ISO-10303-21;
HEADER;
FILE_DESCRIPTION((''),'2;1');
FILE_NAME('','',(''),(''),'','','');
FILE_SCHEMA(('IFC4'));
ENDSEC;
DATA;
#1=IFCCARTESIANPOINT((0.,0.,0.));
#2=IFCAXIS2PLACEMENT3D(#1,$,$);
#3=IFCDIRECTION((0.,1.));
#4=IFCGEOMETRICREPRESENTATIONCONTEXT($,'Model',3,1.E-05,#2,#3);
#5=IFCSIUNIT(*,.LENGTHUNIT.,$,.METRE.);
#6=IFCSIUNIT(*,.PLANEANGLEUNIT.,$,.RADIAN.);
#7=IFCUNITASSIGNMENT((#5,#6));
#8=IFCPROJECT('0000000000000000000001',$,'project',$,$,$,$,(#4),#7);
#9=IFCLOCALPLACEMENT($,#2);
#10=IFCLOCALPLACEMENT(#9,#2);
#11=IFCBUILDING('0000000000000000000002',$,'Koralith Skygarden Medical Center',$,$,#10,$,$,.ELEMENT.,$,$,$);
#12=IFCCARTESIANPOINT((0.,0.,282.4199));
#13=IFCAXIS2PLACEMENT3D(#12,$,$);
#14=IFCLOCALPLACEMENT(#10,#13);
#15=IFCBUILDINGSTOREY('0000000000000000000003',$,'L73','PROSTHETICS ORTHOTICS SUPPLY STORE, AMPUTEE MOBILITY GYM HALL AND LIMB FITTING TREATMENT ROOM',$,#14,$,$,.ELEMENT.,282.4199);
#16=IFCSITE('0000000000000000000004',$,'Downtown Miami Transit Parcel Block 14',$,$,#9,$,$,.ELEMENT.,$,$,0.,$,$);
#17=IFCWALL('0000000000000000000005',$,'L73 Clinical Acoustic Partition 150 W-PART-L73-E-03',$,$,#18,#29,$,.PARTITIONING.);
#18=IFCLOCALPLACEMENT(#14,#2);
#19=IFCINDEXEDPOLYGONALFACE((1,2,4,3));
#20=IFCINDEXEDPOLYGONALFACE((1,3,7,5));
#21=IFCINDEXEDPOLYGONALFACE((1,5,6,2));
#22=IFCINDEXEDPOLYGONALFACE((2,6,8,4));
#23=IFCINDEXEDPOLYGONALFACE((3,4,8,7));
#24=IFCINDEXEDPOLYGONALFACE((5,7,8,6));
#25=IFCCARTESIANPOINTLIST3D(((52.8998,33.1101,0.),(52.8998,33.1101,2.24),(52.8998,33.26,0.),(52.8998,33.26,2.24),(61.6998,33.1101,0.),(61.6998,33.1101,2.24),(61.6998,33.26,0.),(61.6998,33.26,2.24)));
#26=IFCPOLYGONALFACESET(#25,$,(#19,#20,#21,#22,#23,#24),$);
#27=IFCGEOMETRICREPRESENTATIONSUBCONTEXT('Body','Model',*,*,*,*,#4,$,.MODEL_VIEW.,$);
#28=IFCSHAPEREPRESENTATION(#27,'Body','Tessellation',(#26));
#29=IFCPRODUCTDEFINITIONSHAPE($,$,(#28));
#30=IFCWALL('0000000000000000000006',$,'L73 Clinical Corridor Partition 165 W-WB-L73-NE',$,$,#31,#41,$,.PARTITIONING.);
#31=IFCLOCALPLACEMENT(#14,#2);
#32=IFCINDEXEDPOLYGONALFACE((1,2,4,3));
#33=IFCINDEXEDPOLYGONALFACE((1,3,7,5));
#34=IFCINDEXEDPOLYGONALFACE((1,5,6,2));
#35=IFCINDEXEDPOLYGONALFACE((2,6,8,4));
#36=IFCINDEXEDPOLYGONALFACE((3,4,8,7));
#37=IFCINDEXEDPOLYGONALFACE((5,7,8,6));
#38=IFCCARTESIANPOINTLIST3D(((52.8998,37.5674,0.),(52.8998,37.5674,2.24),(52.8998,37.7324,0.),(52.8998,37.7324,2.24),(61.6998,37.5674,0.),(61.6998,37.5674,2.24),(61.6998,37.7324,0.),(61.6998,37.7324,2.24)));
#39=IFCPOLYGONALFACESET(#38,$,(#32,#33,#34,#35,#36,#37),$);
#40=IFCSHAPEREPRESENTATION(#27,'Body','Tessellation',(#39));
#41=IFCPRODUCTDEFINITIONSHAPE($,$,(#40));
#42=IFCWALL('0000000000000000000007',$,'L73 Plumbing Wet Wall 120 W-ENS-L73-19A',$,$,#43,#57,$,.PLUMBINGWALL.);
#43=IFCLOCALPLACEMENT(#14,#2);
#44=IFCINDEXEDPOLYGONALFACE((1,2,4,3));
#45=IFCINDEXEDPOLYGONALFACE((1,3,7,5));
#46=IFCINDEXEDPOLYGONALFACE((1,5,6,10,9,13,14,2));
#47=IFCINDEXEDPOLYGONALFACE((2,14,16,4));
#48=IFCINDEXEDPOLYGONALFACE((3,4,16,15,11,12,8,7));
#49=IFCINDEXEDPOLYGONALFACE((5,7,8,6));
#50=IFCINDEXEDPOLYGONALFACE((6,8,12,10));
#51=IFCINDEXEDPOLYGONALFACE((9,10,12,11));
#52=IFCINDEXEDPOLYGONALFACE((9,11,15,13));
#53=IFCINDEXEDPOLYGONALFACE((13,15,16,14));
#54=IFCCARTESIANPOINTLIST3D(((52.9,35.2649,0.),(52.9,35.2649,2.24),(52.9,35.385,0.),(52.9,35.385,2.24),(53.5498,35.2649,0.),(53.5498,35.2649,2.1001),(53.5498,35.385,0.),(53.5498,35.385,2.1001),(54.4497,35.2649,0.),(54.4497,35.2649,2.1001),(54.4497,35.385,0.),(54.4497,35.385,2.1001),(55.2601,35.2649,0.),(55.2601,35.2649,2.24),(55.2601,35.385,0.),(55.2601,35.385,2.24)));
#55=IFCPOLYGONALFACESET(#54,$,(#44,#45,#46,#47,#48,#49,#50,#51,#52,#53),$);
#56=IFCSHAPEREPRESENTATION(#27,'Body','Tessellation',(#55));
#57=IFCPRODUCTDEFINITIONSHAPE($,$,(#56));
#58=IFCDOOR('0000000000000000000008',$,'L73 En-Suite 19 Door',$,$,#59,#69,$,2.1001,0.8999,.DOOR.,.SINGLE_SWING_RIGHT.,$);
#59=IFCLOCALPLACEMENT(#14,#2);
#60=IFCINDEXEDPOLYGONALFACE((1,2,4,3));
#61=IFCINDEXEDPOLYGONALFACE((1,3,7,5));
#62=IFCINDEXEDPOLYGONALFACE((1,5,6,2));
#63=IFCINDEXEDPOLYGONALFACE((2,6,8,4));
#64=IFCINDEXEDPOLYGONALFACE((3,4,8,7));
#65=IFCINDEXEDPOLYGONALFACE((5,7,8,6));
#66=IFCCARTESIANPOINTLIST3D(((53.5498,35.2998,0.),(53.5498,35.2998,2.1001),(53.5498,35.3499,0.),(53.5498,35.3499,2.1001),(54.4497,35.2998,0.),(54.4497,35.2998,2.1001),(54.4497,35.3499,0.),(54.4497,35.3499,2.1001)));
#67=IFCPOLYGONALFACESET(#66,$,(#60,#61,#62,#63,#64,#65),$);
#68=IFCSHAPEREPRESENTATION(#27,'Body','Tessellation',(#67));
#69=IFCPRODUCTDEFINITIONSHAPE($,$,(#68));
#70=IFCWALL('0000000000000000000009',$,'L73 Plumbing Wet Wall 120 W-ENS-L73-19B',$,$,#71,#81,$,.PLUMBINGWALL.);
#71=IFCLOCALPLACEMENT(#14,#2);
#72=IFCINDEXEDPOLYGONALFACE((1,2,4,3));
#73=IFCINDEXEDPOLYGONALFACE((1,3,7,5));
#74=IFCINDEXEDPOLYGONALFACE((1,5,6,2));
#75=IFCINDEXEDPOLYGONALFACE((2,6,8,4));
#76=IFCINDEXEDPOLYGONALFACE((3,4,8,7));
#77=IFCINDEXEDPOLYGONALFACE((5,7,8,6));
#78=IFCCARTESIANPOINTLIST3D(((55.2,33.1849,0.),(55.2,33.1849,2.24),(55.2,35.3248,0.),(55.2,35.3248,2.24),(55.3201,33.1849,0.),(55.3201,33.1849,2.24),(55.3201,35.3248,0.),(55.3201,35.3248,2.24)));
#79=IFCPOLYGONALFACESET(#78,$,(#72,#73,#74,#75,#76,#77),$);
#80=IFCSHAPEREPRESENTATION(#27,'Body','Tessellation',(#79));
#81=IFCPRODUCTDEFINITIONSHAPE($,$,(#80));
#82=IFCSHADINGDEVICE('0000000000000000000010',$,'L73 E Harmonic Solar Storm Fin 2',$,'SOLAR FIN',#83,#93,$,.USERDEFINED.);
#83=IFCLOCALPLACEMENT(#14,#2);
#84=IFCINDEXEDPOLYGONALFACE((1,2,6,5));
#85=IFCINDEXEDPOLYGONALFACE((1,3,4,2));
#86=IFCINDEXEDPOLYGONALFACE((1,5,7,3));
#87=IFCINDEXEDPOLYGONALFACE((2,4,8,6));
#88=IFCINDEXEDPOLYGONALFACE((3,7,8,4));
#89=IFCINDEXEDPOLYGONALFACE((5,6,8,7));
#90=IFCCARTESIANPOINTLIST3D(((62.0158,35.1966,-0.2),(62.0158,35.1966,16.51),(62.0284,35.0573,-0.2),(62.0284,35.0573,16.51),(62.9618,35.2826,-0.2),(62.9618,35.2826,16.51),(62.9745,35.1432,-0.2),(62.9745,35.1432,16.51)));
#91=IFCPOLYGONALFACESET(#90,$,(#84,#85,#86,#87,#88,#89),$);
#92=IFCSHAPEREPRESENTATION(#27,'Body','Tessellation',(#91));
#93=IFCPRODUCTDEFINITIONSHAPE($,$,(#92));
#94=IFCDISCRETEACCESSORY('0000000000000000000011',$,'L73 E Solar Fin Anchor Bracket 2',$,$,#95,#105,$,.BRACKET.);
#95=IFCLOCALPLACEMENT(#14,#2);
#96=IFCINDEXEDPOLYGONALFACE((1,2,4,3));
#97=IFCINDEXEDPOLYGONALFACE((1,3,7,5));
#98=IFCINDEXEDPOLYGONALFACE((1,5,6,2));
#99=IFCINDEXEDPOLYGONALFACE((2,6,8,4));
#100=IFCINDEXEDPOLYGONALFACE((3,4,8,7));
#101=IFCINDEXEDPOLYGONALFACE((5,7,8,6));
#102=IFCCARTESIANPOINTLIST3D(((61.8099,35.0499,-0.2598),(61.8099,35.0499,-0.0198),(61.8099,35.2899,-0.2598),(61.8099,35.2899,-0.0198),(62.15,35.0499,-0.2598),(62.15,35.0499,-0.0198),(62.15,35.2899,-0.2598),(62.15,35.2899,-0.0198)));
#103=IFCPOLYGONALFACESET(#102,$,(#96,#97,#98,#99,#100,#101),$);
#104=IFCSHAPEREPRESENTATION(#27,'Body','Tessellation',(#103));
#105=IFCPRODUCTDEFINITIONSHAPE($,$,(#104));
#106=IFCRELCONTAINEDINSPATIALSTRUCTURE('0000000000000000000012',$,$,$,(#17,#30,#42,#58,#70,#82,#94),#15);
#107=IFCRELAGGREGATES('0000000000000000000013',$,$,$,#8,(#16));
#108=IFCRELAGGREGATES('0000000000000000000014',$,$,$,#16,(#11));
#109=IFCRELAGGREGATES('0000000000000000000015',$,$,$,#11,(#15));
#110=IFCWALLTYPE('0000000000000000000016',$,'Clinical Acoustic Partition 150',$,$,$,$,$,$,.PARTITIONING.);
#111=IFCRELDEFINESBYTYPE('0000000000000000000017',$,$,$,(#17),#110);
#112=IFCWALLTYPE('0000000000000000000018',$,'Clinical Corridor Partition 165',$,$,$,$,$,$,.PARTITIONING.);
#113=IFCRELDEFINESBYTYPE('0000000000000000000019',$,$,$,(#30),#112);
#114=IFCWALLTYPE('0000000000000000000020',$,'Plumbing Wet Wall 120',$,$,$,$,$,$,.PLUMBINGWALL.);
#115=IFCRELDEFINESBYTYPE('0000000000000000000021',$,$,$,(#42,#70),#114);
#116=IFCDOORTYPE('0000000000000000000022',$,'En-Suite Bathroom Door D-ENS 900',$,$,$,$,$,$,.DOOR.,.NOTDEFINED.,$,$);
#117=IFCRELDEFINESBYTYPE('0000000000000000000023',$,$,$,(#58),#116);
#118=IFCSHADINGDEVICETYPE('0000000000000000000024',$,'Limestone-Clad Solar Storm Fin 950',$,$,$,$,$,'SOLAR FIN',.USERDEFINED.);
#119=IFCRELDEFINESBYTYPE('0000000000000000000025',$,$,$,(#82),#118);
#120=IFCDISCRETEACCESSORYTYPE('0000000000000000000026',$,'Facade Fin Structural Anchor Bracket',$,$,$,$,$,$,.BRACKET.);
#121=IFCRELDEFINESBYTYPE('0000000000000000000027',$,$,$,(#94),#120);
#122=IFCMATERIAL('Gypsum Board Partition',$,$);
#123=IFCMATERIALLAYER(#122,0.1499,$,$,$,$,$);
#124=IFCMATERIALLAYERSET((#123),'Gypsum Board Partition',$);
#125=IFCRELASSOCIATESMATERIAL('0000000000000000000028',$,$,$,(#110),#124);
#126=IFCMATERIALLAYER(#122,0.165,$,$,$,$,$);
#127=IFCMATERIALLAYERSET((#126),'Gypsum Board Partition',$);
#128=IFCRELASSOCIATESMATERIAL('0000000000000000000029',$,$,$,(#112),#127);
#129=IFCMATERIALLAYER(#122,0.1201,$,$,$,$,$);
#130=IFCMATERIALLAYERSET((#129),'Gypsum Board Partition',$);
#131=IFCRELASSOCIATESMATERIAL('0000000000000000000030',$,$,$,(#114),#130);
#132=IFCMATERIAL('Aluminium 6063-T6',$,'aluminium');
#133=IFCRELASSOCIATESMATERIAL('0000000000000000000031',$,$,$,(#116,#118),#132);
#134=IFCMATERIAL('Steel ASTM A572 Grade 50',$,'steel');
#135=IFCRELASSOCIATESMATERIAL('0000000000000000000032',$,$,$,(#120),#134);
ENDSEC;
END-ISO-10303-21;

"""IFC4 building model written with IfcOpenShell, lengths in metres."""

from ifc_helpers import new_model, si_unit, direction, frame, frame_2d, origin, origin_2d, place, context, subcontext, project, spatial, rectangle, extrude, material, layer, layer_set, type_object, element, fill, save


model = new_model("IFC4")

# Units and contexts
model_context = context("Model", 3, precision=1e-05, world=origin(), true_north=direction((0.0, 1.0)))
body_context = subcontext(model_context, "Body", "Model", "MODEL_VIEW")
ifc_project = project(units=[si_unit("LENGTHUNIT", "METRE"), si_unit("PLANEANGLEUNIT", "RADIAN")], contexts=[model_context])

# Site, building, storey
site_placement = place(None, origin())
site = spatial("IfcSite", under=ifc_project, at=site_placement, Name="Downtown Miami Transit Parcel Block 14", CompositionType="ELEMENT", RefElevation=0.0)
building_placement = place(site_placement, origin())
building = spatial("IfcBuilding", under=site, at=building_placement, Name="Koralith Skygarden Medical Center", CompositionType="ELEMENT")
storey_placement = place(building_placement, frame((0.0, 0.0, 282.4199)))
storey = spatial("IfcBuildingStorey", under=building, at=storey_placement, Name="L73", Description="PROSTHETICS ORTHOTICS SUPPLY STORE, AMPUTEE MOBILITY GYM HALL AND LIMB FITTING TREATMENT ROOM", CompositionType="ELEMENT", Elevation=282.4199)

# Shared definitions
ifc_material_1 = material(Name="Aluminium 6063-T6", Category="aluminium")

# Walls
ifc_material_2 = material(Name="Gypsum Board Partition")
ifc_layer_1 = layer(ifc_material_2, 0.1499)
ifc_layer_set_1 = layer_set([ifc_layer_1], Name="Gypsum Board Partition")
wall_type_1 = type_object("IfcWallType", Name="Clinical Acoustic Partition 150", PredefinedType="PARTITIONING", material=ifc_layer_set_1)
for number, where, z_axis, x_axis, name in (
    (1, (52.8999, 33.1851, 0.0), (0.0, 0.0, 1.0), (1.0, 0.0, 0.0), "L73 Clinical Acoustic Partition 150 W-PART-L73-E-03"),
):
    element("IfcWall", number, at=place(storey_placement, frame(where, z_axis=z_axis, x_axis=x_axis)), inside=storey, type_object=wall_type_1, Name=name, PredefinedType="PARTITIONING", context=body_context, shape_type="SweptSolid", body=[
        extrude(rectangle(XDim=8.8, YDim=0.1499, at=frame_2d((4.3999, 0.0))), origin(), (0.0, 0.0, 1.0), 2.24),
    ])
ifc_layer_2 = layer(ifc_material_2, 0.165)
ifc_layer_set_2 = layer_set([ifc_layer_2], Name="Gypsum Board Partition")
wall_type_2 = type_object("IfcWallType", Name="Clinical Corridor Partition 165", PredefinedType="PARTITIONING", material=ifc_layer_set_2)
wall_1_placement = place(storey_placement, frame((52.8999, 37.6499, 0.0), z_axis=(0.0, 0.0, 1.0), x_axis=(1.0, 0.0, 0.0)))
element("IfcWall", 2, at=wall_1_placement, inside=storey, type_object=wall_type_2, Name="L73 Clinical Corridor Partition 165 W-WB-L73-NE", PredefinedType="PARTITIONING", context=body_context, shape_type="SweptSolid", body=[
    extrude(rectangle(XDim=8.8, YDim=0.165, at=frame_2d((4.3999, 0.0))), origin(), (0.0, 0.0, 1.0), 2.24),
])

# Wall, opening, door
ifc_layer_3 = layer(ifc_material_2, 0.1201)
ifc_layer_set_3 = layer_set([ifc_layer_3], Name="Gypsum Board Partition")
wall_type_3 = type_object("IfcWallType", Name="Plumbing Wet Wall 120", PredefinedType="PLUMBINGWALL", material=ifc_layer_set_3)
wall_2_placement = place(storey_placement, frame((52.8999, 35.325, 0.0), z_axis=(0.0, 0.0, 1.0), x_axis=(1.0, 0.0, 0.0)))
wall_2 = element("IfcWall", 3, at=wall_2_placement, inside=storey, type_object=wall_type_3, Name="L73 Plumbing Wet Wall 120 W-ENS-L73-19A", PredefinedType="PLUMBINGWALL", context=body_context, shape_type="SweptSolid", body=[
    extrude(rectangle(XDim=2.3601, YDim=0.1201, at=frame_2d((1.1802, 0.0))), origin(), (0.0, 0.0, 1.0), 2.24),
])
opening_1_placement = place(wall_2_placement, frame((0.6499, 0.0, 0.0)))
opening_1 = element("IfcOpeningElement", 4, at=opening_1_placement, cuts=wall_2, PredefinedType="OPENING", context=body_context, shape_type="SweptSolid", body=[
    extrude(rectangle(XDim=0.8999, YDim=2.1001, at=frame_2d((0.45, 1.05))), frame((0.0, 0.0701, 0.0), z_axis=(0.0, -1.0, 0.0), x_axis=(1.0, 0.0, 0.0)), (0.0, 0.0, 1.0), 0.1401),
])
door_type_1 = type_object("IfcDoorType", Name="En-Suite Bathroom Door D-ENS 900", OperationType="NOTDEFINED", PredefinedType="DOOR", material=ifc_material_1)
door_1_placement = place(opening_1_placement, origin())
door_1 = element("IfcDoor", 5, at=door_1_placement, inside=storey, type_object=door_type_1, Name="L73 En-Suite 19 Door", OperationType="SINGLE_SWING_RIGHT", OverallHeight=2.1001, OverallWidth=0.8999, PredefinedType="DOOR", context=body_context, shape_type="SweptSolid", body=[
    extrude(rectangle(XDim=0.8999, YDim=2.1001, at=frame_2d((0.45, 1.05))), frame((0.0, 0.0249, 0.0), z_axis=(0.0, -1.0, 0.0), x_axis=(1.0, 0.0, 0.0)), (0.0, 0.0, 1.0), 0.05),
])
fill(opening_1, door_1)

# Wall
wall_3_placement = place(storey_placement, frame((55.26, 33.1851, 0.0), z_axis=(0.0, 0.0, 1.0), x_axis=(0.0, 1.0, 0.0)))
element("IfcWall", 6, at=wall_3_placement, inside=storey, type_object=wall_type_3, Name="L73 Plumbing Wet Wall 120 W-ENS-L73-19B", PredefinedType="PLUMBINGWALL", context=body_context, shape_type="SweptSolid", body=[
    extrude(rectangle(XDim=2.1399, YDim=0.1201, at=frame_2d((1.0698, 0.0))), origin(), (0.0, 0.0, 1.0), 2.24),
])

# Shading device
shading_device_type = type_object("IfcShadingDeviceType", Name="Limestone-Clad Solar Storm Fin 950", ElementType="SOLAR FIN", PredefinedType="USERDEFINED", material=ifc_material_1)
shading_device_placement = place(storey_placement, frame((62.4951, 35.1699, -0.2), z_axis=(0.0, 0.0, 1.0), x_axis=(0.995897, 0.090494, 0.0)))
element("IfcShadingDevice", 7, at=shading_device_placement, inside=storey, type_object=shading_device_type, Name="L73 E Harmonic Solar Storm Fin 2", ObjectType="SOLAR FIN", PredefinedType="USERDEFINED", context=body_context, shape_type="SweptSolid", body=[
    extrude(rectangle(XDim=0.95, YDim=0.1399, at=origin_2d()), origin(), (0.0, 0.0, 1.0), 16.71),
])

# Discrete accessory
ifc_material_3 = material(Name="Steel ASTM A572 Grade 50", Category="steel")
discrete_accessory_type = type_object("IfcDiscreteAccessoryType", Name="Facade Fin Structural Anchor Bracket", PredefinedType="BRACKET", material=ifc_material_3)
discrete_accessory_placement = place(storey_placement, frame((61.98, 35.1699, -0.2598), z_axis=(0.0, 0.0, 1.0), x_axis=(1.0, 0.0, 0.0)))
element("IfcDiscreteAccessory", 8, at=discrete_accessory_placement, inside=storey, type_object=discrete_accessory_type, Name="L73 E Solar Fin Anchor Bracket 2", PredefinedType="BRACKET", context=body_context, shape_type="SweptSolid", body=[
    extrude(rectangle(XDim=0.3401, YDim=0.24, at=origin_2d()), origin(), (0.0, 0.0, 1.0), 0.24),
])

save(model, "model.ifc")
